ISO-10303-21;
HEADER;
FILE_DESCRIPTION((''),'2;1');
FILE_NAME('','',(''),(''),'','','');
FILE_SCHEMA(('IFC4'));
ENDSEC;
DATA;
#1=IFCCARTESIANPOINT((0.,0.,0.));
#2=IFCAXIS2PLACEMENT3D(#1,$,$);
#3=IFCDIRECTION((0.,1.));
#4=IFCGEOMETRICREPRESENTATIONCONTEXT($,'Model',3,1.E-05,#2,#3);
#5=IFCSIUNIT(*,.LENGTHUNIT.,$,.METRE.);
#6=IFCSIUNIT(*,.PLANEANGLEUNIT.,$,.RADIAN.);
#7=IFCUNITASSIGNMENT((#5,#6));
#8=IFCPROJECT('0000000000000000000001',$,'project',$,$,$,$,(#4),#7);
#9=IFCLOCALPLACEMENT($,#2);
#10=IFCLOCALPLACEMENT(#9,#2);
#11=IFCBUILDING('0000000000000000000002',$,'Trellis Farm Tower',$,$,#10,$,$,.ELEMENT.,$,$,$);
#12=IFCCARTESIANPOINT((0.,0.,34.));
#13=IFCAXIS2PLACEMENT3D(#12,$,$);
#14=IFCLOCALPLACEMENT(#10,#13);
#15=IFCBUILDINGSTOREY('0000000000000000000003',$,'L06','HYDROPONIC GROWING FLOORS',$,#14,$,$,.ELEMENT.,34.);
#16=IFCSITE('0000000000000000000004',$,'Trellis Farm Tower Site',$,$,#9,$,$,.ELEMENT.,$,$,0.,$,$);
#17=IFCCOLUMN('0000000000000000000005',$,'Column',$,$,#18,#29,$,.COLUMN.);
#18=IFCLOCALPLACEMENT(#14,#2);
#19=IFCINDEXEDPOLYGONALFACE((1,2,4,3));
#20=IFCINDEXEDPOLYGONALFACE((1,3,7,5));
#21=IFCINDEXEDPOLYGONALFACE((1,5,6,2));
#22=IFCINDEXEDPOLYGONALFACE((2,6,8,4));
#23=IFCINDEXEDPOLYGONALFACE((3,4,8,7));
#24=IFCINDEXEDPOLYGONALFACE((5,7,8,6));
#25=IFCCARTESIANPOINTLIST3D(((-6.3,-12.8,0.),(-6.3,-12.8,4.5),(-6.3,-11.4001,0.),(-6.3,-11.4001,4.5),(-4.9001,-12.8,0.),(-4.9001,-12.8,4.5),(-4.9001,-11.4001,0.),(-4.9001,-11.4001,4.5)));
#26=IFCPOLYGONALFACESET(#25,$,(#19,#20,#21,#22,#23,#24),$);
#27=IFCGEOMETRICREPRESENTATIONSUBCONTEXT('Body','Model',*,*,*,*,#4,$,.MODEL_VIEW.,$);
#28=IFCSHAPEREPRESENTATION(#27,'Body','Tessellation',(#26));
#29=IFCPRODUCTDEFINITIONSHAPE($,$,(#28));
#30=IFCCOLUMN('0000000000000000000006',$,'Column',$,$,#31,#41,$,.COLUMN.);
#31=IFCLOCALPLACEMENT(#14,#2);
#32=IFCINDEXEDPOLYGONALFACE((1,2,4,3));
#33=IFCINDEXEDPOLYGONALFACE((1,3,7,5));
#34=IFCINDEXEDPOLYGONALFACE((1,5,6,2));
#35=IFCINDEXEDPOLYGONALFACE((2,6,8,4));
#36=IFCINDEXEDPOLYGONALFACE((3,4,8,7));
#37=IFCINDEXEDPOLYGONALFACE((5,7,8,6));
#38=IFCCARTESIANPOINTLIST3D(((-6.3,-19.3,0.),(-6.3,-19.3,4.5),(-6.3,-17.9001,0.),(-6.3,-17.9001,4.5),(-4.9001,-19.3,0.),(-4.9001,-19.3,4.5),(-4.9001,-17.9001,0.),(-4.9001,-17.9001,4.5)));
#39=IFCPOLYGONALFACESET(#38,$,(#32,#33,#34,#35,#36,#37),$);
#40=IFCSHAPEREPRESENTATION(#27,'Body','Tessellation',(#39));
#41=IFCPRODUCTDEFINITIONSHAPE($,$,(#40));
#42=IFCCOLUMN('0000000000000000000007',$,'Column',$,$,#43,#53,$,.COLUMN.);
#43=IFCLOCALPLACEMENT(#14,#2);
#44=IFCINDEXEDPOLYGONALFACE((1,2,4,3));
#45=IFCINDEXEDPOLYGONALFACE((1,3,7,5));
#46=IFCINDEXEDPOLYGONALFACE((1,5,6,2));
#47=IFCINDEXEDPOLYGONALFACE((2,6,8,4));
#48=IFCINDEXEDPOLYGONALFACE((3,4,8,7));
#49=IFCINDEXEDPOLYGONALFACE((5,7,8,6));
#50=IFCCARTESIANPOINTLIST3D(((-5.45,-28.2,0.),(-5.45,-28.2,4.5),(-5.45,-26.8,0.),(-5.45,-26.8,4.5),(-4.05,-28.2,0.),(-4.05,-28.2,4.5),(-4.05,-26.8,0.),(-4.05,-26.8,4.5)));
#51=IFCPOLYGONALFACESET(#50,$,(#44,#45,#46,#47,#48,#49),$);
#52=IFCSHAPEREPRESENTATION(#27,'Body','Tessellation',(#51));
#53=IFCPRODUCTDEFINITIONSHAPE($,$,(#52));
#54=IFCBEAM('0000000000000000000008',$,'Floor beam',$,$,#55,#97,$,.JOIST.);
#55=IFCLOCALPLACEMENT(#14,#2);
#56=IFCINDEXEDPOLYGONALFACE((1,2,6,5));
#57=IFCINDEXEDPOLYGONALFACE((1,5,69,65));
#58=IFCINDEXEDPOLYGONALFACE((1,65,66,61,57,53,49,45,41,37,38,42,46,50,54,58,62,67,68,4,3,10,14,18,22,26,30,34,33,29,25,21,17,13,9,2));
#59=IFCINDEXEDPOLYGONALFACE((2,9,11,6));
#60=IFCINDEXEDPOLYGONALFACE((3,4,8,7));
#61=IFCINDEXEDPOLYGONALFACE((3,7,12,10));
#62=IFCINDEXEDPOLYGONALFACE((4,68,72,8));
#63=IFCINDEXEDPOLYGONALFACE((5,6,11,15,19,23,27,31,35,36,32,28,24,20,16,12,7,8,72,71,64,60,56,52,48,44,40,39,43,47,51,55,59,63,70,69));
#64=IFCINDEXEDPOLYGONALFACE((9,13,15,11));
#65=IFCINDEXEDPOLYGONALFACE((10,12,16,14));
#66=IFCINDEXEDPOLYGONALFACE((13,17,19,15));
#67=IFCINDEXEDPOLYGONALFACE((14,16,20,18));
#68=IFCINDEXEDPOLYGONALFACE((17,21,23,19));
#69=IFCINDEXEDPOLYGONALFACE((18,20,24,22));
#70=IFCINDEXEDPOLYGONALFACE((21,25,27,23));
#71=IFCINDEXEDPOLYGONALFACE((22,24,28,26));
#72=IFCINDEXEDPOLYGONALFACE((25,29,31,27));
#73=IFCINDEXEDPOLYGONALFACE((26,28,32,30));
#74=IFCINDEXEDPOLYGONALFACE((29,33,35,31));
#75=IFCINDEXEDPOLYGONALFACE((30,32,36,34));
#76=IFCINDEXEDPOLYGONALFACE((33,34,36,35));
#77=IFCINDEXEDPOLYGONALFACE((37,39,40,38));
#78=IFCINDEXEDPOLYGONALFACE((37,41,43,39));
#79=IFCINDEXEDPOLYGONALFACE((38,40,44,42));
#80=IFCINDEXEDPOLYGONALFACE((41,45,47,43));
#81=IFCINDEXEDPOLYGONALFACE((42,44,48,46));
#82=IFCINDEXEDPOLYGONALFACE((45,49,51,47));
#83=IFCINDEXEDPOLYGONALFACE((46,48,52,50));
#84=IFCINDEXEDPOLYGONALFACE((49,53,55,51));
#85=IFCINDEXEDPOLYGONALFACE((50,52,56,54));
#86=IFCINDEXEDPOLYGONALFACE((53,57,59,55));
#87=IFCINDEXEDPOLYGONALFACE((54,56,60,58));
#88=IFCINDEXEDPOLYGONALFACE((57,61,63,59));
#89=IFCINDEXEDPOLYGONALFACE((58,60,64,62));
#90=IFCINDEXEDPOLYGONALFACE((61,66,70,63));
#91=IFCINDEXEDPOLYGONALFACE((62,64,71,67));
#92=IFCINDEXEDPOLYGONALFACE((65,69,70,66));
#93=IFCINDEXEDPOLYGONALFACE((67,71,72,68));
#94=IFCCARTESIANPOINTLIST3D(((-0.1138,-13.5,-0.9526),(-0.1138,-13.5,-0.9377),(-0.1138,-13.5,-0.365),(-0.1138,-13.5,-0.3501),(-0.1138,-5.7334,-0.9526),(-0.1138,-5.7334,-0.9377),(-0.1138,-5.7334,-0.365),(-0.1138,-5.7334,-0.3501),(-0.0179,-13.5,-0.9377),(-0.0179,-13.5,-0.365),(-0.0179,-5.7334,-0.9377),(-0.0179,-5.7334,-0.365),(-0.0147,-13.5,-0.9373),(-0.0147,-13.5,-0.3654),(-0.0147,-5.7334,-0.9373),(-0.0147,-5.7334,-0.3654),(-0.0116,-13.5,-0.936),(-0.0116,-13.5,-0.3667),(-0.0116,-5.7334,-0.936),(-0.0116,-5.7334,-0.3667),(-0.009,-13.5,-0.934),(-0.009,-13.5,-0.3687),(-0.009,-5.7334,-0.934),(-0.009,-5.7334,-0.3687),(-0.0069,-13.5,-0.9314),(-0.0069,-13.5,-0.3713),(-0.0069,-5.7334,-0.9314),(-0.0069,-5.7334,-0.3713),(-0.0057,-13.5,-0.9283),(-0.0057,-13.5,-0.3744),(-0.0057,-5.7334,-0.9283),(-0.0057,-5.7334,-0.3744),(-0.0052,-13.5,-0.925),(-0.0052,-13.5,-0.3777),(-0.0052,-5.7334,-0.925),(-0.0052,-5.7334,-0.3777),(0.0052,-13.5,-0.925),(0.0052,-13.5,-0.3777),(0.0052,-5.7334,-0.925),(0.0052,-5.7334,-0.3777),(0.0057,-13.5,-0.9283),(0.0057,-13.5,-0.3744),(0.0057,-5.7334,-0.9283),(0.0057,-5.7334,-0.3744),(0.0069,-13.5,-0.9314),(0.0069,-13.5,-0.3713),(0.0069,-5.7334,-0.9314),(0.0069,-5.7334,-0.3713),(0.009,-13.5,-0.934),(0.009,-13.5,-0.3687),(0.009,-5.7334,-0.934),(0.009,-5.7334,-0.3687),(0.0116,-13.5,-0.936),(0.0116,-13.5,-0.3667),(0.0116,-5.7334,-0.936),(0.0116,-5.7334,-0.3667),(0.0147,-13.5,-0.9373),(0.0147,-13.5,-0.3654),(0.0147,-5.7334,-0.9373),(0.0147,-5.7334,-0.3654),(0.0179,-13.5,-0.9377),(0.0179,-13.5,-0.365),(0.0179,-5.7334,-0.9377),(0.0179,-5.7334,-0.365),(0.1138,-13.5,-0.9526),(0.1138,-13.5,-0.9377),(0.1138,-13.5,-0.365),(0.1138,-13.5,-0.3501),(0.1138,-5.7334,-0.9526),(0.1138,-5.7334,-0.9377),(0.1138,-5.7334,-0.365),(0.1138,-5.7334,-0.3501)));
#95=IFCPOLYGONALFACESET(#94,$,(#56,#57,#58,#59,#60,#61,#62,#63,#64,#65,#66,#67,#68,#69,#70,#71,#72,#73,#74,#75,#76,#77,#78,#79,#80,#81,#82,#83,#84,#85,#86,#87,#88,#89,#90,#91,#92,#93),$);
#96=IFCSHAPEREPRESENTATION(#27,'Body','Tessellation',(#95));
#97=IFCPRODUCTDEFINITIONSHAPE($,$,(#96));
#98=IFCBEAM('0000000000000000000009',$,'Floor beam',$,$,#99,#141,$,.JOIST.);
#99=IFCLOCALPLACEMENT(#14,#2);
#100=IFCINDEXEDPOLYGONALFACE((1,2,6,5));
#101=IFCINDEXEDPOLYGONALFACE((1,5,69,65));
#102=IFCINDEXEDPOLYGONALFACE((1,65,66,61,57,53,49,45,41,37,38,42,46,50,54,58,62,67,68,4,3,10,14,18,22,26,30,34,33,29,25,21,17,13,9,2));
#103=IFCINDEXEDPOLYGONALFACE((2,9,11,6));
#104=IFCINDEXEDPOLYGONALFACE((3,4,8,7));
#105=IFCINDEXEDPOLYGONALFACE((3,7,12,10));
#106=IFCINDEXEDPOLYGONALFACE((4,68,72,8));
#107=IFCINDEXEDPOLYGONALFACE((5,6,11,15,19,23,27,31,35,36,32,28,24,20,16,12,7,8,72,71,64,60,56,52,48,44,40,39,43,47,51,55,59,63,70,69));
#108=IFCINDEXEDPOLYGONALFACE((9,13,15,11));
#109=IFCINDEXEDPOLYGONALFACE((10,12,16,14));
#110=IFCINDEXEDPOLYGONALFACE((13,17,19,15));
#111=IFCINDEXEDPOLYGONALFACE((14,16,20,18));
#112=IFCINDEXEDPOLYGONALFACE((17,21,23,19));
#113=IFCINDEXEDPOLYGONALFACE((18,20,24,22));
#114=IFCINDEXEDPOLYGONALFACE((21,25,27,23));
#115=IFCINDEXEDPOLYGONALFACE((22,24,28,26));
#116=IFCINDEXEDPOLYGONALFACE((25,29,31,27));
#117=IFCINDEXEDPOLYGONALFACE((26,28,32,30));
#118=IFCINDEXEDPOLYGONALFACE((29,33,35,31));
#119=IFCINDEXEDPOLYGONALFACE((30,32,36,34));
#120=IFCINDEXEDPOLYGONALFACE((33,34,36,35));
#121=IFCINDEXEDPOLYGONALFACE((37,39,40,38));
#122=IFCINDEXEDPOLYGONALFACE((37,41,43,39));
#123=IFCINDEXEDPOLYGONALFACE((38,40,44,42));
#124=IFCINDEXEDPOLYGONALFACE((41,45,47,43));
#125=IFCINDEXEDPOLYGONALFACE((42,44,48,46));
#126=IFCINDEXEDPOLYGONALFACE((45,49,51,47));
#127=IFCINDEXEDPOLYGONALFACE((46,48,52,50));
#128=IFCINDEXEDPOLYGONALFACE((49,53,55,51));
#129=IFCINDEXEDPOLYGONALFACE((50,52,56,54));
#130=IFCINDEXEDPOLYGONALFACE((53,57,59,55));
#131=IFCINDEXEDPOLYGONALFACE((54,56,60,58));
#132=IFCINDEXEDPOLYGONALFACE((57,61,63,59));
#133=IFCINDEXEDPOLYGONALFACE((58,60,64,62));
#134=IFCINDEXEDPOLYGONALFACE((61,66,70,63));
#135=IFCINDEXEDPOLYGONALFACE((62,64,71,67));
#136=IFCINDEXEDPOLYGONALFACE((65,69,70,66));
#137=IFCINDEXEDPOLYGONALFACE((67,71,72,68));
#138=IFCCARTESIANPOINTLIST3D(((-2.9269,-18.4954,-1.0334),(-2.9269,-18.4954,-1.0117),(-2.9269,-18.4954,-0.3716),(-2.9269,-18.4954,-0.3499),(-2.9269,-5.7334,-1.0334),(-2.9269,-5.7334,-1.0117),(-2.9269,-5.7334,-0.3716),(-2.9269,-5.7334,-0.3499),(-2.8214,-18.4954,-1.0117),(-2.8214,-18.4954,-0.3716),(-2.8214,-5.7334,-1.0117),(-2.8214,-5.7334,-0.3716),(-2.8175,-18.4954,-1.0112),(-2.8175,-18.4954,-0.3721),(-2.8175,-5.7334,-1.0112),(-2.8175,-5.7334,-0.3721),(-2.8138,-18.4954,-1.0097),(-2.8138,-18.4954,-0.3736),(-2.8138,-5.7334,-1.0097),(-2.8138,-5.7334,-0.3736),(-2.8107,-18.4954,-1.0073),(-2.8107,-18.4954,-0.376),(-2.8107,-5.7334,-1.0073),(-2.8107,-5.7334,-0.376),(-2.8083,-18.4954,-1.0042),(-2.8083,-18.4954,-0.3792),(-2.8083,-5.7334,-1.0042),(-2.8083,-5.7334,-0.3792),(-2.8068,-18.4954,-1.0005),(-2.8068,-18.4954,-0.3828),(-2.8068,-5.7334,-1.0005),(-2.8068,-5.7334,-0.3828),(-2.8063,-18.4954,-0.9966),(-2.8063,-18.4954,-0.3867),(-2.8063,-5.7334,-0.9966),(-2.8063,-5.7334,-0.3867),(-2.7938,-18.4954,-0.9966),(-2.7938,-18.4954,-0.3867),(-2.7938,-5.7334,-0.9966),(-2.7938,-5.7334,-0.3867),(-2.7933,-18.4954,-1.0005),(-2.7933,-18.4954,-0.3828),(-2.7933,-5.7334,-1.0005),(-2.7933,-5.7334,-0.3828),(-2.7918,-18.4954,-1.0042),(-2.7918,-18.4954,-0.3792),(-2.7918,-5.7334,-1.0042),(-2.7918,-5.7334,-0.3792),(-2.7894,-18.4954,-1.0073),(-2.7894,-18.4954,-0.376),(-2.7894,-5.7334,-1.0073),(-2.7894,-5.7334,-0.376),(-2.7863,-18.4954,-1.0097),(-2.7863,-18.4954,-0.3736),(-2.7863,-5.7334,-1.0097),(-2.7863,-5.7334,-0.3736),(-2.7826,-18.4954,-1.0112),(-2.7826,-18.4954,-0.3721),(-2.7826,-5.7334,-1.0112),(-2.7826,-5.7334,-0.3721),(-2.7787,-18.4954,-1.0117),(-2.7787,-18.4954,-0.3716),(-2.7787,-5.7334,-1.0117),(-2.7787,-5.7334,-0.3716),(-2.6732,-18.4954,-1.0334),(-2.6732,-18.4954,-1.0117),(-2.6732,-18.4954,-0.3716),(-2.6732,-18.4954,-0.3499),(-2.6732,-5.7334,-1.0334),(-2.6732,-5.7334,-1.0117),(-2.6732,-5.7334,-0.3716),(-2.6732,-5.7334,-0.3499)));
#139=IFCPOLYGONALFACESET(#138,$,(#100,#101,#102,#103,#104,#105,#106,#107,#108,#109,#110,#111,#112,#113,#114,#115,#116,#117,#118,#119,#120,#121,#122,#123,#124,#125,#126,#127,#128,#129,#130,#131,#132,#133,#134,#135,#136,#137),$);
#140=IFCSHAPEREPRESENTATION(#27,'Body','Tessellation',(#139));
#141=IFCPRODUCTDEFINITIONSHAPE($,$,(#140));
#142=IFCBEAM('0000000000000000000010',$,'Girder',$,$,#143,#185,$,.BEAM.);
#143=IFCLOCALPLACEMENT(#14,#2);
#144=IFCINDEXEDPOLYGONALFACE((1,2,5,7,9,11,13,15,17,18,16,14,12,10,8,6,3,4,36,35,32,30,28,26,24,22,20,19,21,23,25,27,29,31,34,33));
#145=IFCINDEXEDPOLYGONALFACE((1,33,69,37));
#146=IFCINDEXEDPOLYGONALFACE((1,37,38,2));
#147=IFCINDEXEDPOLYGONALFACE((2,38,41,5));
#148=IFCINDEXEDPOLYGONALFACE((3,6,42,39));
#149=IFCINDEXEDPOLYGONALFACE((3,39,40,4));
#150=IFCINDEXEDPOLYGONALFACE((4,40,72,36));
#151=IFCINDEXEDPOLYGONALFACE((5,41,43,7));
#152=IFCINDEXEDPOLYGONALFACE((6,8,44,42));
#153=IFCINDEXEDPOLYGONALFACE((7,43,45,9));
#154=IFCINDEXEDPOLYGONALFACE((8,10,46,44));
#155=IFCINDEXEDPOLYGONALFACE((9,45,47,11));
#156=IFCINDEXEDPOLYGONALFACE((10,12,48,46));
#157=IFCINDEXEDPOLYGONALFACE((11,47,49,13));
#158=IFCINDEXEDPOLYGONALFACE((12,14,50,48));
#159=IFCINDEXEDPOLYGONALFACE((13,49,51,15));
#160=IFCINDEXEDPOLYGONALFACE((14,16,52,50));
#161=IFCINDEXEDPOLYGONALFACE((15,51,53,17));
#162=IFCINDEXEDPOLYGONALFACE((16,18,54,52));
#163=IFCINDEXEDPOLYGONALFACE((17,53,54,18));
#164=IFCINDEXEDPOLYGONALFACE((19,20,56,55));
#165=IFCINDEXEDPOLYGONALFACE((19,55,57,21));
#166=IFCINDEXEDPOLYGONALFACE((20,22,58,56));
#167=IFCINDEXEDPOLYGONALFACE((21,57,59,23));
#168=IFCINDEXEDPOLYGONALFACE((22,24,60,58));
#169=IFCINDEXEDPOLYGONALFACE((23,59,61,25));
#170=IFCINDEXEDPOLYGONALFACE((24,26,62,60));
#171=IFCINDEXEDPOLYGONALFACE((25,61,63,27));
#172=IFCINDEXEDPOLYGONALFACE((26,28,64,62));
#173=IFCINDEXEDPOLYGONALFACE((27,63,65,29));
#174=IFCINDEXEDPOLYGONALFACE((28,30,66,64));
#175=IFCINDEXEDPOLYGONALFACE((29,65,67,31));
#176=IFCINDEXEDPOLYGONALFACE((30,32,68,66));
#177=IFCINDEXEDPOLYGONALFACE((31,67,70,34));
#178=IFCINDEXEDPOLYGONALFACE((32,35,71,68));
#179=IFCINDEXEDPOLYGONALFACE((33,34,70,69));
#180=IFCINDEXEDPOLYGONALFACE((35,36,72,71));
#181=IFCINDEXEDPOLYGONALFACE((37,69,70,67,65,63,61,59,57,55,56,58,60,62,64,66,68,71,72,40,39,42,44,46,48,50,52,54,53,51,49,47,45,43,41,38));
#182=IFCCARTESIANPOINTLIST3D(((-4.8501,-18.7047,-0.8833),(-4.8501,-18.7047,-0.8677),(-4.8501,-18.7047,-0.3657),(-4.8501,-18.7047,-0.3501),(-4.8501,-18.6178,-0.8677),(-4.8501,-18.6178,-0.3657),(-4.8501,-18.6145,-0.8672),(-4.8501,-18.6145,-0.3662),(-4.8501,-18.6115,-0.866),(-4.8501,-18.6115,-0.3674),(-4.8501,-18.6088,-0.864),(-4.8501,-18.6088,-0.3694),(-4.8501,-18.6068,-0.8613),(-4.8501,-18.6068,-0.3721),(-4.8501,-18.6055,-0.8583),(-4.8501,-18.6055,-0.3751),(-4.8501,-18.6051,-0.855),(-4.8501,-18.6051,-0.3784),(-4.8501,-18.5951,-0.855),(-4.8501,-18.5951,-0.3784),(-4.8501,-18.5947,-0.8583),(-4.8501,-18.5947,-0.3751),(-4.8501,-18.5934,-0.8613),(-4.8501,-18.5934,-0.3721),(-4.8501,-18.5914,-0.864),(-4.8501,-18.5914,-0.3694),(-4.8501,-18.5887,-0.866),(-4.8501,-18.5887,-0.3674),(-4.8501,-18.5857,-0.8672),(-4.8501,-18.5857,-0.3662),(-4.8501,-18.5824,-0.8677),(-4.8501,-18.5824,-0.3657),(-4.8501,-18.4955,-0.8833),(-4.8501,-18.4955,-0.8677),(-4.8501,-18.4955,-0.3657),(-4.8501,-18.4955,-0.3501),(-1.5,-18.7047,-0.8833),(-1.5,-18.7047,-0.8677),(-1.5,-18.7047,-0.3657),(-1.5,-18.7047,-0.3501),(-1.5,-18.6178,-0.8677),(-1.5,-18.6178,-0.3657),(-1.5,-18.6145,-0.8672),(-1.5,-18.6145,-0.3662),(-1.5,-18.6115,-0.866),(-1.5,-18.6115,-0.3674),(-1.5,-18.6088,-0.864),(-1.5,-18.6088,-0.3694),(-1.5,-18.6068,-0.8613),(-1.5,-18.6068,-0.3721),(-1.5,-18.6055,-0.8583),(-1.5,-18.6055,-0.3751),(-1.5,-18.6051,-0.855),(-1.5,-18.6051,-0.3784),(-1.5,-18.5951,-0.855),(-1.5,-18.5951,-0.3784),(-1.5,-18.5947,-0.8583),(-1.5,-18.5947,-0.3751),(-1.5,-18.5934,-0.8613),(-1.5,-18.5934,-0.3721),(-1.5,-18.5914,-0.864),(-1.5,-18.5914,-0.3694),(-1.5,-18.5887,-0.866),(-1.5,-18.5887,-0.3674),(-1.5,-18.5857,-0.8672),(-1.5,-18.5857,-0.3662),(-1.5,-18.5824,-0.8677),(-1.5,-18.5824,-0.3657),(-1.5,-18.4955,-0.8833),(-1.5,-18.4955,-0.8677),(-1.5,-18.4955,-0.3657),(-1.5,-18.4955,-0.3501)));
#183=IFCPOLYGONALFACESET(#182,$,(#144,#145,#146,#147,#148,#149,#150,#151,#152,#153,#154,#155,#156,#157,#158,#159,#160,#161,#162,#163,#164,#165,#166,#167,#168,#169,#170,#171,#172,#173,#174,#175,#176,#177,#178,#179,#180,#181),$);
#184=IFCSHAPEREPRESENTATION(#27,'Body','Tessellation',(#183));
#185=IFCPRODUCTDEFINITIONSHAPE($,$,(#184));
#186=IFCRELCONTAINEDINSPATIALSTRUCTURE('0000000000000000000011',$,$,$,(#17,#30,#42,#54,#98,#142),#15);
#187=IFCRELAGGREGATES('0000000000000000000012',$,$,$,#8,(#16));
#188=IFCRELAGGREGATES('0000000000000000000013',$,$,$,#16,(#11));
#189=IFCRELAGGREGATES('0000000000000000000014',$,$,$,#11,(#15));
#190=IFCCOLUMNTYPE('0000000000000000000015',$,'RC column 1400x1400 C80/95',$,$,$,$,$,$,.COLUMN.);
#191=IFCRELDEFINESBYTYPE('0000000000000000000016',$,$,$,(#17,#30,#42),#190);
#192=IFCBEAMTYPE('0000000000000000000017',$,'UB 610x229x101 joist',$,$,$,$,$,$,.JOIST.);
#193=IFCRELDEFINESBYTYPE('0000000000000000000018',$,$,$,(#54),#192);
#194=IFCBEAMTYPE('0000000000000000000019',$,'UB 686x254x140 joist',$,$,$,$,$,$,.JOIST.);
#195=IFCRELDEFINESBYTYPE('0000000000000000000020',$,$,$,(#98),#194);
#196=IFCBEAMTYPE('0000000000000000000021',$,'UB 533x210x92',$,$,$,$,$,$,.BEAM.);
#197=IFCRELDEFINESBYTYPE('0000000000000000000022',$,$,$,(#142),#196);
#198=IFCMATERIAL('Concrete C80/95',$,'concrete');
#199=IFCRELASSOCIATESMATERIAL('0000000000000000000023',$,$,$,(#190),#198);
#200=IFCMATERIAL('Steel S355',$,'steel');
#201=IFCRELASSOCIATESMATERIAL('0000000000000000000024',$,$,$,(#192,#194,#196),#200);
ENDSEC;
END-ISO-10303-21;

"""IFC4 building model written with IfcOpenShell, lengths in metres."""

from ifc_helpers import new_model, si_unit, direction, frame, origin, origin_2d, place, context, subcontext, project, spatial, rectangle, i_section, extrude, source, transform, mapped, material, material_profile, profile_set, type_object, element, save


model = new_model("IFC4")

# Units and contexts
model_context = context("Model", 3, precision=1e-05, world=origin(), true_north=direction((0.0, 1.0)))
body_context = subcontext(model_context, "Body", "Model", "MODEL_VIEW")
ifc_project = project(units=[si_unit("LENGTHUNIT", "METRE"), si_unit("PLANEANGLEUNIT", "RADIAN")], contexts=[model_context])

# Site, building, storey
site_placement = place(None, origin())
site = spatial("IfcSite", under=ifc_project, at=site_placement, Name="Trellis Farm Tower Site", CompositionType="ELEMENT", RefElevation=0.0)
building_placement = place(site_placement, origin())
building = spatial("IfcBuilding", under=site, at=building_placement, Name="Trellis Farm Tower", CompositionType="ELEMENT")
storey_placement = place(building_placement, frame((0.0, 0.0, 34.0)))
storey = spatial("IfcBuildingStorey", under=building, at=storey_placement, Name="L06", Description="HYDROPONIC GROWING FLOORS", CompositionType="ELEMENT", Elevation=34.0)

# Columns
ifc_material_1 = material(Name="Concrete C80/95", Category="concrete")
ifc_material_profile_1 = material_profile(ifc_material_1, rectangle(XDim=1.3999, YDim=1.3999, at=origin_2d()), Name="RC column 1400x1400 C80/95")
ifc_profile_set_1 = profile_set([ifc_material_profile_1], Name="Concrete C80/95")
column_type = type_object("IfcColumnType", Name="RC column 1400x1400 C80/95", PredefinedType="COLUMN", material=ifc_profile_set_1)
shared_shape_1 = source(origin(), body_context, "Body", "SweptSolid", [
    extrude(rectangle(XDim=1.3999, YDim=1.3999, at=origin_2d()), origin(), (0.0, 0.0, 1.0), 4.5),
])
for number, where, z_axis, x_axis, name in (
    (1, (-5.6001, -12.1001, 0.0), (0.0, 0.0, 1.0), (1.0, 0.0, 0.0), "Column"),
    (2, (-5.6001, -18.6001, 0.0), (0.0, 0.0, 1.0), (1.0, 0.0, 0.0), "Column"),
    (3, (-4.75, -27.5, 0.0), (0.0, 0.0, 1.0), (1.0, 0.0, 0.0), "Column"),
):
    element("IfcColumn", number, at=place(storey_placement, frame(where, z_axis=z_axis, x_axis=x_axis)), inside=storey, type_object=column_type, Name=name, PredefinedType="COLUMN", context=body_context, shape_type="MappedRepresentation", body=[
        mapped(shared_shape_1, transform((0.0, 0.0, 0.0))),
    ])

# Beams
ifc_material_2 = material(Name="Steel S355", Category="steel")
ifc_material_profile_2 = material_profile(ifc_material_2, i_section(OverallWidth=0.2275, OverallDepth=0.6025, WebThickness=0.0105, FlangeThickness=0.0149, FilletRadius=0.0127, at=origin_2d()), Name="UB 610x229x101")
ifc_profile_set_2 = profile_set([ifc_material_profile_2], Name="Steel S355")
beam_type_1 = type_object("IfcBeamType", Name="UB 610x229x101 joist", PredefinedType="JOIST", material=ifc_profile_set_2)
shared_shape_2 = source(origin(), body_context, "Body", "SweptSolid", [
    extrude(i_section(OverallWidth=0.2275, OverallDepth=0.6025, WebThickness=0.0105, FlangeThickness=0.0149, FilletRadius=0.0127, at=origin_2d()), origin(), (0.0, 0.0, 1.0), 7.7666),
])
beam_1_placement = place(storey_placement, frame((0.0, -13.5, -0.6514), z_axis=(0.0, 1.0, 0.0), x_axis=(-1.0, 0.0, 0.0)))
element("IfcBeam", 4, at=beam_1_placement, inside=storey, type_object=beam_type_1, Name="Floor beam", PredefinedType="JOIST", context=body_context, shape_type="MappedRepresentation", body=[
    mapped(shared_shape_2, transform((0.0, 0.0, 0.0))),
])
ifc_material_profile_3 = material_profile(ifc_material_2, i_section(OverallWidth=0.2537, OverallDepth=0.6836, WebThickness=0.0125, FlangeThickness=0.0217, FilletRadius=0.0151, at=origin_2d()), Name="UB 686x254x140")
ifc_profile_set_3 = profile_set([ifc_material_profile_3], Name="Steel S355")
beam_type_2 = type_object("IfcBeamType", Name="UB 686x254x140 joist", PredefinedType="JOIST", material=ifc_profile_set_3)
shared_shape_3 = source(origin(), body_context, "Body", "SweptSolid", [
    extrude(i_section(OverallWidth=0.2537, OverallDepth=0.6836, WebThickness=0.0125, FlangeThickness=0.0217, FilletRadius=0.0151, at=origin_2d()), origin(), (0.0, 0.0, 1.0), 12.762),
])
beam_2_placement = place(storey_placement, frame((-2.8, -18.4954, -0.6917), z_axis=(0.0, 1.0, 0.0), x_axis=(-1.0, 0.0, 0.0)))
element("IfcBeam", 5, at=beam_2_placement, inside=storey, type_object=beam_type_2, Name="Floor beam", PredefinedType="JOIST", context=body_context, shape_type="MappedRepresentation", body=[
    mapped(shared_shape_3, transform((0.0, 0.0, 0.0))),
])
ifc_material_profile_4 = material_profile(ifc_material_2, i_section(OverallWidth=0.2092, OverallDepth=0.5332, WebThickness=0.01, FlangeThickness=0.0156, FilletRadius=0.0127, at=origin_2d()), Name="UB 533x210x92")
ifc_profile_set_4 = profile_set([ifc_material_profile_4], Name="Steel S355")
beam_type_3 = type_object("IfcBeamType", Name="UB 533x210x92", PredefinedType="BEAM", material=ifc_profile_set_4)
shared_shape_4 = source(origin(), body_context, "Body", "SweptSolid", [
    extrude(i_section(OverallWidth=0.2092, OverallDepth=0.5332, WebThickness=0.01, FlangeThickness=0.0156, FilletRadius=0.0127, at=origin_2d()), origin(), (0.0, 0.0, 1.0), 3.3501),
])
beam_3_placement = place(storey_placement, frame((-4.8501, -18.6001, -0.6167), z_axis=(1.0, 0.0, 0.0), x_axis=(0.0, 1.0, 0.0)))
element("IfcBeam", 6, at=beam_3_placement, inside=storey, type_object=beam_type_3, Name="Girder", PredefinedType="BEAM", context=body_context, shape_type="MappedRepresentation", body=[
    mapped(shared_shape_4, transform((0.0, 0.0, 0.0))),
])

save(model, "model.ifc")
